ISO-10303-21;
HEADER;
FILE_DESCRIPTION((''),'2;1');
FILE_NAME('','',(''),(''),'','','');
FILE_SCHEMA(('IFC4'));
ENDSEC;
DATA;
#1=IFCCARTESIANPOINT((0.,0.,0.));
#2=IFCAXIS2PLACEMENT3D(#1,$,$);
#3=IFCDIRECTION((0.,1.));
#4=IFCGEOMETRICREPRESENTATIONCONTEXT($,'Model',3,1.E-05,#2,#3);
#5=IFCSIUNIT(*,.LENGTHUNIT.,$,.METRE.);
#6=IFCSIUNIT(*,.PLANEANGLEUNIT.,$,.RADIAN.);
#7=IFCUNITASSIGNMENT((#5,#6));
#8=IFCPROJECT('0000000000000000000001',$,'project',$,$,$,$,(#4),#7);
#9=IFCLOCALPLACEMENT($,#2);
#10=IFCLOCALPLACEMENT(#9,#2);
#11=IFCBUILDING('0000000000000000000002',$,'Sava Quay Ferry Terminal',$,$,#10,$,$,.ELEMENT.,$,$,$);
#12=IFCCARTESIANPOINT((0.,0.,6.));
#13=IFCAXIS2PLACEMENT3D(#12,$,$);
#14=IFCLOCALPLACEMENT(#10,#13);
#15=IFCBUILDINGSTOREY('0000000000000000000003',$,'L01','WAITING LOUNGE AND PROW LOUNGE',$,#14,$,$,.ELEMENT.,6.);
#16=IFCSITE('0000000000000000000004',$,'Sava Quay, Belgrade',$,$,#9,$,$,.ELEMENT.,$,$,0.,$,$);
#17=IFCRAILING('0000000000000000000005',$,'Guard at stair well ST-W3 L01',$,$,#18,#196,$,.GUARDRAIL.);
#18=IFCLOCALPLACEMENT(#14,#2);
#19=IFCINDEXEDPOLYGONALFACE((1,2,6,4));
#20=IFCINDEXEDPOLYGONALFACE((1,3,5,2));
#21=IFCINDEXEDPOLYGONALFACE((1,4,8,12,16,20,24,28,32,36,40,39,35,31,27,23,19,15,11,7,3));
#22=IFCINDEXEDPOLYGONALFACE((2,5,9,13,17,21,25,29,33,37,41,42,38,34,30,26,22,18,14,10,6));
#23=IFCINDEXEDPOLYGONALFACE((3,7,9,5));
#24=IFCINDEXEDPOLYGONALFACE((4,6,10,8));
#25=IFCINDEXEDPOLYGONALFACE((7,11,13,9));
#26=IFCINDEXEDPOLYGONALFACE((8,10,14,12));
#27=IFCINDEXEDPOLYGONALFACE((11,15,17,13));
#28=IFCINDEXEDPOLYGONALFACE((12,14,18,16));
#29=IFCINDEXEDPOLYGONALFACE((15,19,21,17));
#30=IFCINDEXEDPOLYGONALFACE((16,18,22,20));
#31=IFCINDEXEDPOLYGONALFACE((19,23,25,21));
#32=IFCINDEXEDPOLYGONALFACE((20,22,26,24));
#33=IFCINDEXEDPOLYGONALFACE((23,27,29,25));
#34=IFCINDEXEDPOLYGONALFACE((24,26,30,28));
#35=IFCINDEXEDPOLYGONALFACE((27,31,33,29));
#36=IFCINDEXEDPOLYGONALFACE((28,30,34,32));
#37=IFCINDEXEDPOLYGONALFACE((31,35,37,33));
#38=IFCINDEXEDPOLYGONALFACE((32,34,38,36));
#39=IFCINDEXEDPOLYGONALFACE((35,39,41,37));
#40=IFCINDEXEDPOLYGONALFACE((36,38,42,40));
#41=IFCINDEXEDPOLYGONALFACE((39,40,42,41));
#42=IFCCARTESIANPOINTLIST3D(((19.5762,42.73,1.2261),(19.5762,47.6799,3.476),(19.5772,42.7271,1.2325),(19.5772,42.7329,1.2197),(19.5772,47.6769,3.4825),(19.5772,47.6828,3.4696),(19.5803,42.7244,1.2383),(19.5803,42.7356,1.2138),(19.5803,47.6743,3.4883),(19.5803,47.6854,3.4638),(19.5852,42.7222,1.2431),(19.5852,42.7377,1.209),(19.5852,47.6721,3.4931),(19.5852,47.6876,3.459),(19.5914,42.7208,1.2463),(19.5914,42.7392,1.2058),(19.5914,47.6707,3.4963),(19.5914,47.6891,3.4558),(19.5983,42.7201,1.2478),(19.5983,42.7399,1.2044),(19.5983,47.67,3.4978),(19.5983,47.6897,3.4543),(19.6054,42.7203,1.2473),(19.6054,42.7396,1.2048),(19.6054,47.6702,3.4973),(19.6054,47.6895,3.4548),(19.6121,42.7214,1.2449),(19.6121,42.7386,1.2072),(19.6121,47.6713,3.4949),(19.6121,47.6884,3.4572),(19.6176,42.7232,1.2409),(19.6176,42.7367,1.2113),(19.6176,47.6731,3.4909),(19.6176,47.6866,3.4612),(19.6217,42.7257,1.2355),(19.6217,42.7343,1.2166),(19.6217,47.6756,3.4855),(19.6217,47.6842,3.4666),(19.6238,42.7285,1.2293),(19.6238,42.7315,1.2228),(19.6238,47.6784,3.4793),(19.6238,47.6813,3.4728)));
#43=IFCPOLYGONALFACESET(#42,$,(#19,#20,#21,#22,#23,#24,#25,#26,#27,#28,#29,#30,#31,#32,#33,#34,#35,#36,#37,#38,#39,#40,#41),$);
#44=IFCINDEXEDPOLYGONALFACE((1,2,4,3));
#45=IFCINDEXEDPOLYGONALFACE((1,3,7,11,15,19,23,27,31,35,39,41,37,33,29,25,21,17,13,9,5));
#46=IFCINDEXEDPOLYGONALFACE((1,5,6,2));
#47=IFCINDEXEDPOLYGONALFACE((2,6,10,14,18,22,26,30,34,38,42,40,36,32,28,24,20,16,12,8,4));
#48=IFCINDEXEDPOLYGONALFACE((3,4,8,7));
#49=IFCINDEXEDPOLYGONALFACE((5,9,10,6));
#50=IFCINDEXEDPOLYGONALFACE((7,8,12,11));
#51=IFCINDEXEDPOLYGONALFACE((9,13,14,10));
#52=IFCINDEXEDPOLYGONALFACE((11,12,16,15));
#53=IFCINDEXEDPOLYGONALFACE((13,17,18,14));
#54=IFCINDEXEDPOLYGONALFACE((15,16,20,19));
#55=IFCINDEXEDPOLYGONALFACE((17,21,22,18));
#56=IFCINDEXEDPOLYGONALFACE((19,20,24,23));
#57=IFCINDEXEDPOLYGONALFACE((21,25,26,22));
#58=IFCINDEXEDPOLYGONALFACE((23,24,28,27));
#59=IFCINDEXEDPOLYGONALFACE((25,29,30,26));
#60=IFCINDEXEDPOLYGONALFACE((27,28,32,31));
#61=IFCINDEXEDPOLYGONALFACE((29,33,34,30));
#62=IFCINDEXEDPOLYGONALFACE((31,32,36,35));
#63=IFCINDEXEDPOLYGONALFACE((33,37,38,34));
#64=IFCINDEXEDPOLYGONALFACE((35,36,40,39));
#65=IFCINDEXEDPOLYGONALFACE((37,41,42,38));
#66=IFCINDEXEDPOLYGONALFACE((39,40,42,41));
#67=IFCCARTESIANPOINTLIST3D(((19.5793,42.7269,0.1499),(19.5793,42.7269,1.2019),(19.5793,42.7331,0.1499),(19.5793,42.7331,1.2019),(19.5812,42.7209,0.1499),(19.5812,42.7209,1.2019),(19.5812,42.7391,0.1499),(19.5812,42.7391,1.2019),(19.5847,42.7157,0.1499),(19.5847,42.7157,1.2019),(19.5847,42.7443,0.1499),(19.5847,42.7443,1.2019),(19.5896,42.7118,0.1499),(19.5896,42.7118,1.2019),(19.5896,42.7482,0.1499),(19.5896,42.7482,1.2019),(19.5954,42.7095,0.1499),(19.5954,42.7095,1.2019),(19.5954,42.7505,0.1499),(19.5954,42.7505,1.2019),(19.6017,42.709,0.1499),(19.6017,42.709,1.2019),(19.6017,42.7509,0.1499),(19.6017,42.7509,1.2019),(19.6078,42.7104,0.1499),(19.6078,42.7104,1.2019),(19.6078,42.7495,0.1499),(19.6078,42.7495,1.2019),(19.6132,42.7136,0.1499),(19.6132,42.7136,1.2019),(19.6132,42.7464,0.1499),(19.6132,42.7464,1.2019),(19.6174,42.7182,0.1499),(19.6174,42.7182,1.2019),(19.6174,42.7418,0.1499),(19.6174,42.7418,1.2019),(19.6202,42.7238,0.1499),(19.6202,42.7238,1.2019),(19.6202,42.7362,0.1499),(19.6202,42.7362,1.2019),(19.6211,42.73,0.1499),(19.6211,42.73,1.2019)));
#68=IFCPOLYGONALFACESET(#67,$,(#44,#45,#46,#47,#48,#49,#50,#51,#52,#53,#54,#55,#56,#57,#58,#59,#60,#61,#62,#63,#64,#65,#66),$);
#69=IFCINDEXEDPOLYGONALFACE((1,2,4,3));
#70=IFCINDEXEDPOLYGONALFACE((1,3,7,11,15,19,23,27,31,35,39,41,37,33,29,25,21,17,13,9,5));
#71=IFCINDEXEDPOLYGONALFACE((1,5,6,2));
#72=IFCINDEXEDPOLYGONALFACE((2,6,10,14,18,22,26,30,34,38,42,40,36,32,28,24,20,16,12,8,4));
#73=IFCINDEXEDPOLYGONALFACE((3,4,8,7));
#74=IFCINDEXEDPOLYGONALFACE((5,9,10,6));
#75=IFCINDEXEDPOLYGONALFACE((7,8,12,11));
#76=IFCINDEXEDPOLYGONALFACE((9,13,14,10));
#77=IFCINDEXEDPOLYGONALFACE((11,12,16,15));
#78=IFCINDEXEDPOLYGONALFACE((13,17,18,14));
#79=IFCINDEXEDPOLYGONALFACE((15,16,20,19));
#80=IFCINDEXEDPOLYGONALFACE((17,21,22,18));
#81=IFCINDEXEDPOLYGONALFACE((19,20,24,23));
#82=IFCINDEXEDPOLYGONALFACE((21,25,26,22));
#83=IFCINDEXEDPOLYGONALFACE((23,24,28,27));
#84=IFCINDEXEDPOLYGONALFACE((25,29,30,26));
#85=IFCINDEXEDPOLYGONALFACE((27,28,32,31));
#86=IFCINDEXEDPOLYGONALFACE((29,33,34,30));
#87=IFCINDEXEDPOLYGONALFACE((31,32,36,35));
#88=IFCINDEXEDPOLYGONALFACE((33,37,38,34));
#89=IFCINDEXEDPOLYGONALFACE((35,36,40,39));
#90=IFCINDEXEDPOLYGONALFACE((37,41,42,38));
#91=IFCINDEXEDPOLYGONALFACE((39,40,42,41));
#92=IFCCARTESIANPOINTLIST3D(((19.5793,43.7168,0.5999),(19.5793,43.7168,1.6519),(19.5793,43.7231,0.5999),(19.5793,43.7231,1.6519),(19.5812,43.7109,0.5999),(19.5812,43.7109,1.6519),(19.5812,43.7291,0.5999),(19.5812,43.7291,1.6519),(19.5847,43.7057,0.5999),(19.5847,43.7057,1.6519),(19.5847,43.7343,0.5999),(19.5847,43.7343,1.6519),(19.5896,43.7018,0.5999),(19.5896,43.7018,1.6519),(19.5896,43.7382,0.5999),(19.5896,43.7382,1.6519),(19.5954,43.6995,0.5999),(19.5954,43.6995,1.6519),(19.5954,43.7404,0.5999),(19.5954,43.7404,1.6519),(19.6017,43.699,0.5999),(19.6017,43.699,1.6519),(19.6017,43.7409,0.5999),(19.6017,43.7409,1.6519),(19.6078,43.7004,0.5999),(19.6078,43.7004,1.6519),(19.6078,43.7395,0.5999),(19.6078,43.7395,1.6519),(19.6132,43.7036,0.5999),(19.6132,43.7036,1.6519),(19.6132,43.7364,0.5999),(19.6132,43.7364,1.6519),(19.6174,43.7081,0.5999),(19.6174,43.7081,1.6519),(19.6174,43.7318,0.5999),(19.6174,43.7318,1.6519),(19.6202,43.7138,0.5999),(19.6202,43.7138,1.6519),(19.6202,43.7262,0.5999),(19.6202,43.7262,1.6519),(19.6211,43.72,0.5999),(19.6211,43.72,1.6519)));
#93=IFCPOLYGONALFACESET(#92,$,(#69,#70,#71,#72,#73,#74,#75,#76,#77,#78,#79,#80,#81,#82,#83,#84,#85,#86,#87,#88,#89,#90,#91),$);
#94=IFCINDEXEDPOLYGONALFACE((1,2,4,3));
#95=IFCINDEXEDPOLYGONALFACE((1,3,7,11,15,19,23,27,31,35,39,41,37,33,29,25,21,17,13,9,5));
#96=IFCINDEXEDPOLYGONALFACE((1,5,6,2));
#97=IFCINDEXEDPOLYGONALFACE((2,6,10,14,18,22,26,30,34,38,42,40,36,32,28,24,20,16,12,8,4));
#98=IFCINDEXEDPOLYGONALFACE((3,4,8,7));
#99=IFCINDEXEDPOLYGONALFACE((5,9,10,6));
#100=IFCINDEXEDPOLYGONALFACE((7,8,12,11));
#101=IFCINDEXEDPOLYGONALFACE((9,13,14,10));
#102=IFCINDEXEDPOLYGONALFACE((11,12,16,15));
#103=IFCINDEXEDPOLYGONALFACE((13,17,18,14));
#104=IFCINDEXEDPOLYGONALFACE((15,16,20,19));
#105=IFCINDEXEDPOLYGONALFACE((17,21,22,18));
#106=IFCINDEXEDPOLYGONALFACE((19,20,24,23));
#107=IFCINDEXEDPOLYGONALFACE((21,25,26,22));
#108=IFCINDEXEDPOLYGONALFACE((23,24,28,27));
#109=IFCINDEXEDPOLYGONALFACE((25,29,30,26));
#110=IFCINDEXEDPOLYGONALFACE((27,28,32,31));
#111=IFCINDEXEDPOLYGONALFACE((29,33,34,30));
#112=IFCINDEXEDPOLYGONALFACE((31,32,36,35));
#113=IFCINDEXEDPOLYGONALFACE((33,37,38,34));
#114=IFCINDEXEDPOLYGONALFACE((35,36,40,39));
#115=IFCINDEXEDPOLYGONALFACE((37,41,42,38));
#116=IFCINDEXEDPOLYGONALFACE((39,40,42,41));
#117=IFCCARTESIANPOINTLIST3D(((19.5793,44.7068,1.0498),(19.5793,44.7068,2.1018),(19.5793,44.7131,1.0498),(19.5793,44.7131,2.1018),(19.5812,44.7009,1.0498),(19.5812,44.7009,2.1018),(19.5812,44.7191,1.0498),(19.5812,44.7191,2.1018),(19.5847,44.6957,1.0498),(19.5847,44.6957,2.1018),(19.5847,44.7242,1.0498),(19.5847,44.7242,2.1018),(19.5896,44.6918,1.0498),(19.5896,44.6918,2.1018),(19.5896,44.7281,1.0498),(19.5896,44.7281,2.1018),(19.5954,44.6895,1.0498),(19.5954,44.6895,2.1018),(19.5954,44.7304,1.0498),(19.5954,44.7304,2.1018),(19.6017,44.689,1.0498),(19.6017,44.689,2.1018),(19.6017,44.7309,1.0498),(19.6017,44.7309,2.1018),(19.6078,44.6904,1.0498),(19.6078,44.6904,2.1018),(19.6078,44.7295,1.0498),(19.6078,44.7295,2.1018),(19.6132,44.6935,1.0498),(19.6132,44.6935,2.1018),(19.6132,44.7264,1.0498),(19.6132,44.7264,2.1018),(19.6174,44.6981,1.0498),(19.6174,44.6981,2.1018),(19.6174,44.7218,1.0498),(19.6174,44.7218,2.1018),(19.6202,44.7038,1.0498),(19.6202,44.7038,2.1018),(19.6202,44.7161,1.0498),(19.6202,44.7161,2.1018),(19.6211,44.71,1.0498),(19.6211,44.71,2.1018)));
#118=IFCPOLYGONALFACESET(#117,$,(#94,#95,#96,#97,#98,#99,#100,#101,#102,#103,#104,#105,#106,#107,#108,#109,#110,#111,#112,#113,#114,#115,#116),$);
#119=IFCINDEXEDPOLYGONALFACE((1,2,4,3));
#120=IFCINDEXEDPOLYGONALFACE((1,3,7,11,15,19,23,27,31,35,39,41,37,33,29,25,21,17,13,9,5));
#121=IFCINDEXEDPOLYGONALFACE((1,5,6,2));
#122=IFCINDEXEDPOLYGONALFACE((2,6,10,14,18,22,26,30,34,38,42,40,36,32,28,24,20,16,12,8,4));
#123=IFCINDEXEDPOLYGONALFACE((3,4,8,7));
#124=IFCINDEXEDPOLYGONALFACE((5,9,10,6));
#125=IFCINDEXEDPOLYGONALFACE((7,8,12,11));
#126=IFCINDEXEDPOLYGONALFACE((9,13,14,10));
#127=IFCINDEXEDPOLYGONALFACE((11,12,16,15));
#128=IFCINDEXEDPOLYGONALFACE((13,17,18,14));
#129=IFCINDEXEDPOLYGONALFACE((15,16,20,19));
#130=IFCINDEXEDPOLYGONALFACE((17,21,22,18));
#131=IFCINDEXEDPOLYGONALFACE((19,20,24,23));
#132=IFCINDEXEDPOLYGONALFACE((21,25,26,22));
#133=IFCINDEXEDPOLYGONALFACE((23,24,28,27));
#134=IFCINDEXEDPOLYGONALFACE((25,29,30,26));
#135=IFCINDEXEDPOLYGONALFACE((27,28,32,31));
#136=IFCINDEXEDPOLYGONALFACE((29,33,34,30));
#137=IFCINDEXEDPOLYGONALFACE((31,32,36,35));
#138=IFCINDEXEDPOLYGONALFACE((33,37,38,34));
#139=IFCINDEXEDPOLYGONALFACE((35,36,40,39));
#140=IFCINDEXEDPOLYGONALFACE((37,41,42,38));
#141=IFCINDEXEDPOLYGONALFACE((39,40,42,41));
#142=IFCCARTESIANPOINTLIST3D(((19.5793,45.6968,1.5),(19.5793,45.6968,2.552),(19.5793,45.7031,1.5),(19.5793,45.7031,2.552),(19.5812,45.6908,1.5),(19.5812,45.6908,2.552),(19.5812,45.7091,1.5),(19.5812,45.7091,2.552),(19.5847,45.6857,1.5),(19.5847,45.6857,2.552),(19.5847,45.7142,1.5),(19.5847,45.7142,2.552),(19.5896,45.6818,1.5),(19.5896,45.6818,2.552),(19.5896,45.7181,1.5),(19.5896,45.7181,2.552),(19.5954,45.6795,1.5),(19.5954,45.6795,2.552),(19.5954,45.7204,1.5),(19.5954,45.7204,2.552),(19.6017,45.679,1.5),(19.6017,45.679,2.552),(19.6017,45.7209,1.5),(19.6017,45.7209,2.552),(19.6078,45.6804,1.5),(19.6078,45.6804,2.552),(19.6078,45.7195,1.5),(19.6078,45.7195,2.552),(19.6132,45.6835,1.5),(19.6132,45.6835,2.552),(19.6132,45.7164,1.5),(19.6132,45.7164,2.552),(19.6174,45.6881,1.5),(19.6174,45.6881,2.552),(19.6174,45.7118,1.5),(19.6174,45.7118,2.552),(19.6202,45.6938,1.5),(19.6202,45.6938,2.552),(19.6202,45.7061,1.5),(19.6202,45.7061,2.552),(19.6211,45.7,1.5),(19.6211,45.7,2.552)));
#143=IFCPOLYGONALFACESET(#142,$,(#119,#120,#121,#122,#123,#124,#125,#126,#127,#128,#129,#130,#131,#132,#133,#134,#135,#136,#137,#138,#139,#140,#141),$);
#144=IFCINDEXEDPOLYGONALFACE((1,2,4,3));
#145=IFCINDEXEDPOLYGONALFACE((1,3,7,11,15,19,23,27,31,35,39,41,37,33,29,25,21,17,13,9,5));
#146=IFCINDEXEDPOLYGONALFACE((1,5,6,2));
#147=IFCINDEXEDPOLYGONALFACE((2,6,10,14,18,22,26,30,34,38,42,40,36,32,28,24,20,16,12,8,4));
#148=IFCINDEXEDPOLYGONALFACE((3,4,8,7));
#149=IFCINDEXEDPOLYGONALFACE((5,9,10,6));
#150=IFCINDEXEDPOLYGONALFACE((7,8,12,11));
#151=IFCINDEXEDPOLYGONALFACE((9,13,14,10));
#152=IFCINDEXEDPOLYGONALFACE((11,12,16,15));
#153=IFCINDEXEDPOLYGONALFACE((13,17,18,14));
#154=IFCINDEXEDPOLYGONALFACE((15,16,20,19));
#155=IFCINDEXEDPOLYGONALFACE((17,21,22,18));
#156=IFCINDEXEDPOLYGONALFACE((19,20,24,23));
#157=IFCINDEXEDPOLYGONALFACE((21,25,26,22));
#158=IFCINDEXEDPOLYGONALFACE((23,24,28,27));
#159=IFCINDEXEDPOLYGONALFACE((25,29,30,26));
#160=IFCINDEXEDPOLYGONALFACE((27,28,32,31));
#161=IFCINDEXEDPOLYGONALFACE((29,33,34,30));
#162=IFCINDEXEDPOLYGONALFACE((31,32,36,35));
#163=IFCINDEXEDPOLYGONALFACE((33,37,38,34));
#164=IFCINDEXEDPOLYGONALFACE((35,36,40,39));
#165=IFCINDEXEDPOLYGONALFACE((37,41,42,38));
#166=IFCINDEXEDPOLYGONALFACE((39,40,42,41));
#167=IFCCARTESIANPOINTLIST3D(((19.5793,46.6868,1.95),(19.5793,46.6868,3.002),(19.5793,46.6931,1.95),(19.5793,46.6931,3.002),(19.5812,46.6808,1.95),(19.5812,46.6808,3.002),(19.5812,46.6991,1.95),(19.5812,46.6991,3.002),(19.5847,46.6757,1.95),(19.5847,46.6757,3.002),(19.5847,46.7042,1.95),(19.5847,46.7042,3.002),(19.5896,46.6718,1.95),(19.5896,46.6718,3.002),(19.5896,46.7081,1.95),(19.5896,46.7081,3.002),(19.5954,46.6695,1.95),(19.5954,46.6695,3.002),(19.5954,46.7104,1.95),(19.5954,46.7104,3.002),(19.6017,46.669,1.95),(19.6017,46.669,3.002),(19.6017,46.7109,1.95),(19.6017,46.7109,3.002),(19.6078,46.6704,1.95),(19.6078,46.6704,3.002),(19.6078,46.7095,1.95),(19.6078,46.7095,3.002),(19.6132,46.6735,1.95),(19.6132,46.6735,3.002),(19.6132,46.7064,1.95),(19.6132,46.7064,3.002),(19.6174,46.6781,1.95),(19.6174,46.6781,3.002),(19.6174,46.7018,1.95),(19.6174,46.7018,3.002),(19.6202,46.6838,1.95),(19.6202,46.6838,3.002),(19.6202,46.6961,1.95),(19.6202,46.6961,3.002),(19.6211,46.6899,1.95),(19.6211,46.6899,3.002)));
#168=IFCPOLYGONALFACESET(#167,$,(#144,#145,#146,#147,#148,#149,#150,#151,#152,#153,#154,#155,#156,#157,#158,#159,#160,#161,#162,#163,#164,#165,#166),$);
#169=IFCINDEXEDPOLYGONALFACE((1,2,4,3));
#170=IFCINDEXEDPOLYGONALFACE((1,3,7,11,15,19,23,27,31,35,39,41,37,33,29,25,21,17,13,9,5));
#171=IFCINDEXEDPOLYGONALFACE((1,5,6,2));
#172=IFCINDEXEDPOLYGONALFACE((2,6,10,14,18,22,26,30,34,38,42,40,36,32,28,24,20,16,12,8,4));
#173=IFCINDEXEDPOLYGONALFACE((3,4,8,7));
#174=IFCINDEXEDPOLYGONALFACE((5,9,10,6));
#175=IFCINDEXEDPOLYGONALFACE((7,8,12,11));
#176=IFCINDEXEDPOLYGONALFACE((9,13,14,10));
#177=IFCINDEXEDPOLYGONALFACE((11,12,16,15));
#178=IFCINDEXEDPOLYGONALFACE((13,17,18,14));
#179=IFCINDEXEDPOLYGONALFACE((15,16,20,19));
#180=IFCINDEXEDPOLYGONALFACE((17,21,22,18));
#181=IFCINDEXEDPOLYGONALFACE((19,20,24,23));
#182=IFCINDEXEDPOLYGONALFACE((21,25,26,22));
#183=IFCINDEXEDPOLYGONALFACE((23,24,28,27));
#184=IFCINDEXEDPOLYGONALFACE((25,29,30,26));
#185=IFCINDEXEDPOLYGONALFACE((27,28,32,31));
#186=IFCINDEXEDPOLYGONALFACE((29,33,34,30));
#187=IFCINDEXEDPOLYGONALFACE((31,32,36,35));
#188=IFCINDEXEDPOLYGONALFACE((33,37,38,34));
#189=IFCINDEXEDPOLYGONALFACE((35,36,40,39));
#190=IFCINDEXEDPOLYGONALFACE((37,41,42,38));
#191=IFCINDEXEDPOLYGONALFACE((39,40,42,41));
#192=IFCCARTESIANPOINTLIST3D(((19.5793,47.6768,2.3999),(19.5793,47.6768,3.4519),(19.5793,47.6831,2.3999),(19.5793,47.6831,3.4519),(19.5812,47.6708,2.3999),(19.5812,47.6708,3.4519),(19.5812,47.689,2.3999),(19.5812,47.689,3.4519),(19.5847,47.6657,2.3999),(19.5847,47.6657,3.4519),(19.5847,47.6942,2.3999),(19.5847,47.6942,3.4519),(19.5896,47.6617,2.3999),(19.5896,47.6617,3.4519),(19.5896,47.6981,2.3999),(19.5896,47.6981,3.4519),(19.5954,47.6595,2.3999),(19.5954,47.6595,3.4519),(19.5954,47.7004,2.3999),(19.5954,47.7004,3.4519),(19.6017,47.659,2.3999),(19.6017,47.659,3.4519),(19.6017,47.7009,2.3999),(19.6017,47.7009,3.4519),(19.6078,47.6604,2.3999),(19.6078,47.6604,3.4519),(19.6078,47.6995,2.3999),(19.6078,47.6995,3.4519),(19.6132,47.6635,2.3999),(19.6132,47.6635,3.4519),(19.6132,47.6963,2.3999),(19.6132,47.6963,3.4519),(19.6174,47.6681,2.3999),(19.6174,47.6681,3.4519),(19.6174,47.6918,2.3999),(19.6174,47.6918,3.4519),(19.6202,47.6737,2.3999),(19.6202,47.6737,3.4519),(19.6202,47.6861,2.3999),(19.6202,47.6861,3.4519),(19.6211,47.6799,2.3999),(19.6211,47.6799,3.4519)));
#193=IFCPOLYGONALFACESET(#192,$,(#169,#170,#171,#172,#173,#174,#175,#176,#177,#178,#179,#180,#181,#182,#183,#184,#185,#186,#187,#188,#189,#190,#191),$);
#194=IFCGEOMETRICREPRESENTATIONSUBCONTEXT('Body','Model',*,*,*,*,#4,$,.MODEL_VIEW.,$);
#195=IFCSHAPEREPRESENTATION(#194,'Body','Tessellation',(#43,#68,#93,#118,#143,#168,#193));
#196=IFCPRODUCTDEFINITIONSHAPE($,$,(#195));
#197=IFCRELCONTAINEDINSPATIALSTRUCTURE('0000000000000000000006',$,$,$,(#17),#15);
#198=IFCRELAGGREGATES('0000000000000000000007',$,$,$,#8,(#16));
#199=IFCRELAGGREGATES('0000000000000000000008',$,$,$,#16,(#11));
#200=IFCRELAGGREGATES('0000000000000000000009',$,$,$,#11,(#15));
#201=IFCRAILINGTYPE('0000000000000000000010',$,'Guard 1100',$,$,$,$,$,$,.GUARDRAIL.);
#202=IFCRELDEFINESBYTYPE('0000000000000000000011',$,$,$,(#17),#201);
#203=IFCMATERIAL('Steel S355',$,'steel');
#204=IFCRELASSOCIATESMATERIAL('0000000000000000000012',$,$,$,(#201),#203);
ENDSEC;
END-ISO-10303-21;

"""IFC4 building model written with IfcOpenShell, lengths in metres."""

from ifc_helpers import new_model, si_unit, direction, frame, origin, origin_2d, place, context, subcontext, project, spatial, circle, extrude, material, type_object, element, save


model = new_model("IFC4")

# Units and contexts
model_context = context("Model", 3, precision=1e-05, world=origin(), true_north=direction((0.0, 1.0)))
body_context = subcontext(model_context, "Body", "Model", "MODEL_VIEW")
ifc_project = project(units=[si_unit("LENGTHUNIT", "METRE"), si_unit("PLANEANGLEUNIT", "RADIAN")], contexts=[model_context])

# Site, building, storey
site_placement = place(None, origin())
site = spatial("IfcSite", under=ifc_project, at=site_placement, Name="Sava Quay, Belgrade", CompositionType="ELEMENT", RefElevation=0.0)
building_placement = place(site_placement, origin())
building = spatial("IfcBuilding", under=site, at=building_placement, Name="Sava Quay Ferry Terminal", CompositionType="ELEMENT")
storey_placement = place(building_placement, frame((0.0, 0.0, 6.0)))
storey = spatial("IfcBuildingStorey", under=building, at=storey_placement, Name="L01", Description="WAITING LOUNGE AND PROW LOUNGE", CompositionType="ELEMENT", Elevation=6.0)

# Railing
ifc_material_1 = material(Name="Steel S355", Category="steel")
railing_type_1 = type_object("IfcRailingType", Name="Guard 1100", PredefinedType="GUARDRAIL", material=ifc_material_1)
railing_1_placement = place(storey_placement, frame((19.6001, 42.73, 0.1499)))
element("IfcRailing", 1, at=railing_1_placement, inside=storey, type_object=railing_type_1, Name="Guard at stair well ST-W3 L01", PredefinedType="GUARDRAIL", context=body_context, shape_type="SweptSolid", body=[
    extrude(circle(Radius=0.0239, at=origin_2d()), frame((0.0, 0.0, 1.0762), z_axis=(0.0, 0.910365, 0.413806), x_axis=(-1.0, 0.0, 0.0)), (0.0, 0.0, 1.0), 5.4373),
    extrude(circle(Radius=0.021, at=origin_2d()), origin(), (0.0, 0.0, 1.0), 1.052),
    extrude(circle(Radius=0.021, at=origin_2d()), frame((0.0, 0.99, 0.45)), (0.0, 0.0, 1.0), 1.052),
    extrude(circle(Radius=0.021, at=origin_2d()), frame((0.0, 1.98, 0.8999)), (0.0, 0.0, 1.0), 1.052),
    extrude(circle(Radius=0.021, at=origin_2d()), frame((0.0, 2.97, 1.3501)), (0.0, 0.0, 1.0), 1.052),
    extrude(circle(Radius=0.021, at=origin_2d()), frame((0.0, 3.96, 1.8)), (0.0, 0.0, 1.0), 1.052),
    extrude(circle(Radius=0.021, at=origin_2d()), frame((0.0, 4.95, 2.25)), (0.0, 0.0, 1.0), 1.052),
])

save(model, "model.ifc")
